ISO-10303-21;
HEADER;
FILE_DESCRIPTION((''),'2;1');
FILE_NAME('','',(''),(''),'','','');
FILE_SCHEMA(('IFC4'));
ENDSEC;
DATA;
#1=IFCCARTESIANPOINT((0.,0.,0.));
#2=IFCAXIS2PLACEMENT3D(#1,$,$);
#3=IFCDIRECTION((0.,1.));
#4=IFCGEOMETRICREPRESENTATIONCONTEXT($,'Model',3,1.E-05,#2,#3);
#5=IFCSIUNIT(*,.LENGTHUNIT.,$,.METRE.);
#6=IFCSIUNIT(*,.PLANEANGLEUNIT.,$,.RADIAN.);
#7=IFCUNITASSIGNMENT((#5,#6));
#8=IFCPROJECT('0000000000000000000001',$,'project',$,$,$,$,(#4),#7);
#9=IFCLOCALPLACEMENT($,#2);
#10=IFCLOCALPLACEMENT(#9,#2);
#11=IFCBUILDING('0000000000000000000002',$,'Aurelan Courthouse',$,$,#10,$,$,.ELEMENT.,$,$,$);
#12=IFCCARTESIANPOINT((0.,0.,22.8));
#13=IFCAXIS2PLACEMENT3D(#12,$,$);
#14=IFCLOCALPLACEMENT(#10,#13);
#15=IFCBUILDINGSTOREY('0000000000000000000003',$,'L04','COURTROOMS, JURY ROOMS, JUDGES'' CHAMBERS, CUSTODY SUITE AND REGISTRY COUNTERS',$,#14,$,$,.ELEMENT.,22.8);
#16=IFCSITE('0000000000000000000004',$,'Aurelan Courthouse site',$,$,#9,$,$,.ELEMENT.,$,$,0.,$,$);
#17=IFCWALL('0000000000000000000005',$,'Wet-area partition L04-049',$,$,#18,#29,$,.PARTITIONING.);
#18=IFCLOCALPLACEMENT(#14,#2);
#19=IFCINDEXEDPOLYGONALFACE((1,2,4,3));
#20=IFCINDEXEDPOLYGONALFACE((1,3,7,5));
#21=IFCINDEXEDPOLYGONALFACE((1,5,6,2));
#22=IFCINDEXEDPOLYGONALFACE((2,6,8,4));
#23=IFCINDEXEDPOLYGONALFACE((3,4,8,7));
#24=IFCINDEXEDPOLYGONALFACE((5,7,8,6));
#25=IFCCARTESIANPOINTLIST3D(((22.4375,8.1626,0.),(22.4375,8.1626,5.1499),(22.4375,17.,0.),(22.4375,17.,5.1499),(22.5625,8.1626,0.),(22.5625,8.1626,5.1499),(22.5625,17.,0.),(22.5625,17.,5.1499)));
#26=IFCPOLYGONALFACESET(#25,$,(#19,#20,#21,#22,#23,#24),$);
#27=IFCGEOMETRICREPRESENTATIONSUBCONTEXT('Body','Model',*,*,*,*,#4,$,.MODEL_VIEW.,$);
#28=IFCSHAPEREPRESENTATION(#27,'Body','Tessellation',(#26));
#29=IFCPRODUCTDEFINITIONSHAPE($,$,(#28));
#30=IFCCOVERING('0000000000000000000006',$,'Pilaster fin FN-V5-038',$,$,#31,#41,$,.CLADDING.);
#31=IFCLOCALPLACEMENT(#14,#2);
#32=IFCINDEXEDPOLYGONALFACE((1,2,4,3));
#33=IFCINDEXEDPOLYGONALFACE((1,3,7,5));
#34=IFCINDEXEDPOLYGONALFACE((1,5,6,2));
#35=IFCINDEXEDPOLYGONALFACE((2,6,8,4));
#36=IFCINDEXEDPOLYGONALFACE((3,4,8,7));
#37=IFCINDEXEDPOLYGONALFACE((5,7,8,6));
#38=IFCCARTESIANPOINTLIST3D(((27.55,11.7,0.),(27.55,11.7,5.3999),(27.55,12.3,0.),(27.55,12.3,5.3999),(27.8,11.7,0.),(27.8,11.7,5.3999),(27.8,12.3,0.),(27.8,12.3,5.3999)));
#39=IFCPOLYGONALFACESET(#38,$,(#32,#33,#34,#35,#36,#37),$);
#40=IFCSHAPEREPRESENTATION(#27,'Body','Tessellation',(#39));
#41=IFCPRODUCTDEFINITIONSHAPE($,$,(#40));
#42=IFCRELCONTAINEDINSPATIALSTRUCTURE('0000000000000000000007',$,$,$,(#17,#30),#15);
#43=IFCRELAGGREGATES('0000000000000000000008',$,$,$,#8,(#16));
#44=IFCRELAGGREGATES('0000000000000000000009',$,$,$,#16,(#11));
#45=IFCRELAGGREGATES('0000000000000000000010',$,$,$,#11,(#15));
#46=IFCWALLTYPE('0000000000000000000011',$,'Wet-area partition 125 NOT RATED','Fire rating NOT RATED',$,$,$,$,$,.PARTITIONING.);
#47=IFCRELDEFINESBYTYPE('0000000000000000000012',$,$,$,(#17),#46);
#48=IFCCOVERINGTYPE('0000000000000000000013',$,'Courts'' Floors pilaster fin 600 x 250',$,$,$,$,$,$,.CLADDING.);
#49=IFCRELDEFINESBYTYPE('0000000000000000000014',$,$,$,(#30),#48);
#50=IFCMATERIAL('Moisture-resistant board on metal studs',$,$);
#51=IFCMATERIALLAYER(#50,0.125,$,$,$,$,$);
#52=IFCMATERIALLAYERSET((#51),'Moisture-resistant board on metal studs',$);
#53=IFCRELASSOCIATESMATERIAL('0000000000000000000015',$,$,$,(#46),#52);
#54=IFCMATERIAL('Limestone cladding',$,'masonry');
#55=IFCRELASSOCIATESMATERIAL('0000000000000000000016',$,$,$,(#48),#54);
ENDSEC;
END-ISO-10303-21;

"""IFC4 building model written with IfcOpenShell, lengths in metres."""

from ifc_helpers import new_model, si_unit, direction, frame, frame_2d, origin, origin_2d, place, context, subcontext, project, spatial, rectangle, extrude, material, layer, layer_set, type_object, element, save


model = new_model("IFC4")

# Units and contexts
model_context = context("Model", 3, precision=1e-05, world=origin(), true_north=direction((0.0, 1.0)))
body_context = subcontext(model_context, "Body", "Model", "MODEL_VIEW")
ifc_project = project(units=[si_unit("LENGTHUNIT", "METRE"), si_unit("PLANEANGLEUNIT", "RADIAN")], contexts=[model_context])

# Site, building, storey
site_placement = place(None, origin())
site = spatial("IfcSite", under=ifc_project, at=site_placement, Name="Aurelan Courthouse site", CompositionType="ELEMENT", RefElevation=0.0)
building_placement = place(site_placement, origin())
building = spatial("IfcBuilding", under=site, at=building_placement, Name="Aurelan Courthouse", CompositionType="ELEMENT")
storey_placement = place(building_placement, frame((0.0, 0.0, 22.8)))
storey = spatial("IfcBuildingStorey", under=building, at=storey_placement, Name="L04", Description="COURTROOMS, JURY ROOMS, JUDGES' CHAMBERS, CUSTODY SUITE AND REGISTRY COUNTERS", CompositionType="ELEMENT", Elevation=22.8)

# Wall
ifc_material_1 = material(Name="Limestone cladding", Category="masonry")
ifc_material_2 = material(Name="Moisture-resistant board on metal studs")
ifc_layer_1 = layer(ifc_material_2, 0.125)
ifc_layer_set_1 = layer_set([ifc_layer_1], Name="Moisture-resistant board on metal studs")
wall_type_1 = type_object("IfcWallType", Name="Wet-area partition 125 NOT RATED", Description="Fire rating NOT RATED", PredefinedType="PARTITIONING", material=ifc_layer_set_1)
wall_1_placement = place(storey_placement, frame((22.5, 8.1626, 0.0), z_axis=(0.0, 0.0, 1.0), x_axis=(0.0, 1.0, 0.0)))
element("IfcWall", 1, at=wall_1_placement, inside=storey, type_object=wall_type_1, Name="Wet-area partition L04-049", PredefinedType="PARTITIONING", context=body_context, shape_type="SweptSolid", body=[
    extrude(rectangle(XDim=8.8374, YDim=0.125, at=frame_2d((4.4187, 0.0))), origin(), (0.0, 0.0, 1.0), 5.1499),
])

# Covering
covering_type_1 = type_object("IfcCoveringType", Name="Courts' Floors pilaster fin 600 x 250", PredefinedType="CLADDING", material=ifc_material_1)
covering_1_placement = place(storey_placement, frame((27.675, 12.0, 0.0), z_axis=(0.0, 0.0, 1.0), x_axis=(1.0, 0.0, 0.0)))
element("IfcCovering", 2, at=covering_1_placement, inside=storey, type_object=covering_type_1, Name="Pilaster fin FN-V5-038", PredefinedType="CLADDING", context=body_context, shape_type="SweptSolid", body=[
    extrude(rectangle(XDim=0.25, YDim=0.6001, at=origin_2d()), origin(), (0.0, 0.0, 1.0), 5.3999),
])

save(model, "model.ifc")
